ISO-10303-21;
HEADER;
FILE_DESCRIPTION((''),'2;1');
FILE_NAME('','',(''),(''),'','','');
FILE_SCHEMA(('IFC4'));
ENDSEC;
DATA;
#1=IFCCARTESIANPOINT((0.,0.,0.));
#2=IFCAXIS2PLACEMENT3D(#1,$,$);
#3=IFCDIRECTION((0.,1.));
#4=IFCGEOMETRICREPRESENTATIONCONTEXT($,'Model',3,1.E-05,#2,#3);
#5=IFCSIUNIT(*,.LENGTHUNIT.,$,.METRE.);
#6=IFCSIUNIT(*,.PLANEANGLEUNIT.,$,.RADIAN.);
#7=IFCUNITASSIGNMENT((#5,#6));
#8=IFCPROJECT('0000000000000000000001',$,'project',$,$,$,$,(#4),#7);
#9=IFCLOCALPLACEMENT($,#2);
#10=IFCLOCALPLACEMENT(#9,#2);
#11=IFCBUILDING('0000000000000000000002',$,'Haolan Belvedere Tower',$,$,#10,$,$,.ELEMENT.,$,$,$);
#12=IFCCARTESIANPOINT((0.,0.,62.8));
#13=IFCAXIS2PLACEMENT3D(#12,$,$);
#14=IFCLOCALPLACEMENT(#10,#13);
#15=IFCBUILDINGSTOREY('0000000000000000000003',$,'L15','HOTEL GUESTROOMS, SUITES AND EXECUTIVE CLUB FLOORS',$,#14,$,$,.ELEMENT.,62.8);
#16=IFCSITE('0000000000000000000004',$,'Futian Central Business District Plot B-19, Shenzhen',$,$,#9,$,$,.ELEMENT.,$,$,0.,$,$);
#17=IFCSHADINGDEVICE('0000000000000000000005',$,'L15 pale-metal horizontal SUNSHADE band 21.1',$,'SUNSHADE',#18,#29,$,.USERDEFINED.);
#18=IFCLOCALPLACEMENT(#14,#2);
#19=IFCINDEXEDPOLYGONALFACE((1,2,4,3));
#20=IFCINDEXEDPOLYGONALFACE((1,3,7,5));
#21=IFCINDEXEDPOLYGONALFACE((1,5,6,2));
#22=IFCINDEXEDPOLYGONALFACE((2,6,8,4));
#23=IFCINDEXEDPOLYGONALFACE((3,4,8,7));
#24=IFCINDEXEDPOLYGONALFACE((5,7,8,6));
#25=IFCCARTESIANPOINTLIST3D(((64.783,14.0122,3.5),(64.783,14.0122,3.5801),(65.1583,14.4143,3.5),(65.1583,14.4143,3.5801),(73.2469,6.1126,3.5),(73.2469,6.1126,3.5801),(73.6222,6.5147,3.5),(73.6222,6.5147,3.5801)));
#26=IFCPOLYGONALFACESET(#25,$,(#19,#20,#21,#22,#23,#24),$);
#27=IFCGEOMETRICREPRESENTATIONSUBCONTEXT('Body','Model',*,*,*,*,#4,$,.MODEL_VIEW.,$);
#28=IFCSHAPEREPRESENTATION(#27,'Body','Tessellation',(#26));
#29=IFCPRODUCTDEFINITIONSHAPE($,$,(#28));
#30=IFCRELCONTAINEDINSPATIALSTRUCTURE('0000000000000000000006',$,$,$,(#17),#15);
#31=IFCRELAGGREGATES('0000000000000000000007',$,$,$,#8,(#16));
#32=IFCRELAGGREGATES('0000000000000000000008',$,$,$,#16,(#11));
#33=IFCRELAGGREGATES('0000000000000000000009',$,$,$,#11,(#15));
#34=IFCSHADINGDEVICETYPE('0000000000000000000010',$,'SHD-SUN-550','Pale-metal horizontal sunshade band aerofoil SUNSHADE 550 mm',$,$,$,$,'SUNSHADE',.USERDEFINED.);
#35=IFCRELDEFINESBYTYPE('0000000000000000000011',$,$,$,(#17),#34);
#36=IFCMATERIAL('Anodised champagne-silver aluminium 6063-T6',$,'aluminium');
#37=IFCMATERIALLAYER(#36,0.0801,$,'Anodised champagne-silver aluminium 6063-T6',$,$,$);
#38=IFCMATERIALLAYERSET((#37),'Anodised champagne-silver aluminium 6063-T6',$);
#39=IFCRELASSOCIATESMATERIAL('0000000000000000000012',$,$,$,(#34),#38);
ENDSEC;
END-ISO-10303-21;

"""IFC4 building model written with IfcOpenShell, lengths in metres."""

from ifc_helpers import new_model, si_unit, direction, frame, origin, origin_2d, place, context, subcontext, project, spatial, rectangle, extrude, material, layer, layer_set, type_object, element, save


model = new_model("IFC4")

# Units and contexts
model_context = context("Model", 3, precision=1e-05, world=origin(), true_north=direction((0.0, 1.0)))
body_context = subcontext(model_context, "Body", "Model", "MODEL_VIEW")
ifc_project = project(units=[si_unit("LENGTHUNIT", "METRE"), si_unit("PLANEANGLEUNIT", "RADIAN")], contexts=[model_context])

# Site, building, storey
site_placement = place(None, origin())
site = spatial("IfcSite", under=ifc_project, at=site_placement, Name="Futian Central Business District Plot B-19, Shenzhen", CompositionType="ELEMENT", RefElevation=0.0)
building_placement = place(site_placement, origin())
building = spatial("IfcBuilding", under=site, at=building_placement, Name="Haolan Belvedere Tower", CompositionType="ELEMENT")
storey_placement = place(building_placement, frame((0.0, 0.0, 62.8)))
storey = spatial("IfcBuildingStorey", under=building, at=storey_placement, Name="L15", Description="HOTEL GUESTROOMS, SUITES AND EXECUTIVE CLUB FLOORS", CompositionType="ELEMENT", Elevation=62.8)

# Shading device
ifc_material_1 = material(Name="Anodised champagne-silver aluminium 6063-T6", Category="aluminium")
ifc_layer_1 = layer(ifc_material_1, 0.0801, Name="Anodised champagne-silver aluminium 6063-T6")
ifc_layer_set_1 = layer_set([ifc_layer_1], Name="Anodised champagne-silver aluminium 6063-T6")
shading_device_type = type_object("IfcShadingDeviceType", Name="SHD-SUN-550", Description="Pale-metal horizontal sunshade band aerofoil SUNSHADE 550 mm", ElementType="SUNSHADE", PredefinedType="USERDEFINED", material=ifc_layer_set_1)
shading_device_placement = place(storey_placement, frame((69.2026, 10.2634, 3.5), z_axis=(0.0, 0.0, 1.0), x_axis=(0.731056, -0.682317, 0.0)))
element("IfcShadingDevice", 1, at=shading_device_placement, inside=storey, type_object=shading_device_type, Name="L15 pale-metal horizontal SUNSHADE band 21.1", ObjectType="SUNSHADE", PredefinedType="USERDEFINED", context=body_context, shape_type="SweptSolid", body=[
    extrude(rectangle(XDim=11.5776, YDim=0.55, at=origin_2d()), origin(), (0.0, 0.0, 1.0), 0.0801),
])

save(model, "model.ifc")
